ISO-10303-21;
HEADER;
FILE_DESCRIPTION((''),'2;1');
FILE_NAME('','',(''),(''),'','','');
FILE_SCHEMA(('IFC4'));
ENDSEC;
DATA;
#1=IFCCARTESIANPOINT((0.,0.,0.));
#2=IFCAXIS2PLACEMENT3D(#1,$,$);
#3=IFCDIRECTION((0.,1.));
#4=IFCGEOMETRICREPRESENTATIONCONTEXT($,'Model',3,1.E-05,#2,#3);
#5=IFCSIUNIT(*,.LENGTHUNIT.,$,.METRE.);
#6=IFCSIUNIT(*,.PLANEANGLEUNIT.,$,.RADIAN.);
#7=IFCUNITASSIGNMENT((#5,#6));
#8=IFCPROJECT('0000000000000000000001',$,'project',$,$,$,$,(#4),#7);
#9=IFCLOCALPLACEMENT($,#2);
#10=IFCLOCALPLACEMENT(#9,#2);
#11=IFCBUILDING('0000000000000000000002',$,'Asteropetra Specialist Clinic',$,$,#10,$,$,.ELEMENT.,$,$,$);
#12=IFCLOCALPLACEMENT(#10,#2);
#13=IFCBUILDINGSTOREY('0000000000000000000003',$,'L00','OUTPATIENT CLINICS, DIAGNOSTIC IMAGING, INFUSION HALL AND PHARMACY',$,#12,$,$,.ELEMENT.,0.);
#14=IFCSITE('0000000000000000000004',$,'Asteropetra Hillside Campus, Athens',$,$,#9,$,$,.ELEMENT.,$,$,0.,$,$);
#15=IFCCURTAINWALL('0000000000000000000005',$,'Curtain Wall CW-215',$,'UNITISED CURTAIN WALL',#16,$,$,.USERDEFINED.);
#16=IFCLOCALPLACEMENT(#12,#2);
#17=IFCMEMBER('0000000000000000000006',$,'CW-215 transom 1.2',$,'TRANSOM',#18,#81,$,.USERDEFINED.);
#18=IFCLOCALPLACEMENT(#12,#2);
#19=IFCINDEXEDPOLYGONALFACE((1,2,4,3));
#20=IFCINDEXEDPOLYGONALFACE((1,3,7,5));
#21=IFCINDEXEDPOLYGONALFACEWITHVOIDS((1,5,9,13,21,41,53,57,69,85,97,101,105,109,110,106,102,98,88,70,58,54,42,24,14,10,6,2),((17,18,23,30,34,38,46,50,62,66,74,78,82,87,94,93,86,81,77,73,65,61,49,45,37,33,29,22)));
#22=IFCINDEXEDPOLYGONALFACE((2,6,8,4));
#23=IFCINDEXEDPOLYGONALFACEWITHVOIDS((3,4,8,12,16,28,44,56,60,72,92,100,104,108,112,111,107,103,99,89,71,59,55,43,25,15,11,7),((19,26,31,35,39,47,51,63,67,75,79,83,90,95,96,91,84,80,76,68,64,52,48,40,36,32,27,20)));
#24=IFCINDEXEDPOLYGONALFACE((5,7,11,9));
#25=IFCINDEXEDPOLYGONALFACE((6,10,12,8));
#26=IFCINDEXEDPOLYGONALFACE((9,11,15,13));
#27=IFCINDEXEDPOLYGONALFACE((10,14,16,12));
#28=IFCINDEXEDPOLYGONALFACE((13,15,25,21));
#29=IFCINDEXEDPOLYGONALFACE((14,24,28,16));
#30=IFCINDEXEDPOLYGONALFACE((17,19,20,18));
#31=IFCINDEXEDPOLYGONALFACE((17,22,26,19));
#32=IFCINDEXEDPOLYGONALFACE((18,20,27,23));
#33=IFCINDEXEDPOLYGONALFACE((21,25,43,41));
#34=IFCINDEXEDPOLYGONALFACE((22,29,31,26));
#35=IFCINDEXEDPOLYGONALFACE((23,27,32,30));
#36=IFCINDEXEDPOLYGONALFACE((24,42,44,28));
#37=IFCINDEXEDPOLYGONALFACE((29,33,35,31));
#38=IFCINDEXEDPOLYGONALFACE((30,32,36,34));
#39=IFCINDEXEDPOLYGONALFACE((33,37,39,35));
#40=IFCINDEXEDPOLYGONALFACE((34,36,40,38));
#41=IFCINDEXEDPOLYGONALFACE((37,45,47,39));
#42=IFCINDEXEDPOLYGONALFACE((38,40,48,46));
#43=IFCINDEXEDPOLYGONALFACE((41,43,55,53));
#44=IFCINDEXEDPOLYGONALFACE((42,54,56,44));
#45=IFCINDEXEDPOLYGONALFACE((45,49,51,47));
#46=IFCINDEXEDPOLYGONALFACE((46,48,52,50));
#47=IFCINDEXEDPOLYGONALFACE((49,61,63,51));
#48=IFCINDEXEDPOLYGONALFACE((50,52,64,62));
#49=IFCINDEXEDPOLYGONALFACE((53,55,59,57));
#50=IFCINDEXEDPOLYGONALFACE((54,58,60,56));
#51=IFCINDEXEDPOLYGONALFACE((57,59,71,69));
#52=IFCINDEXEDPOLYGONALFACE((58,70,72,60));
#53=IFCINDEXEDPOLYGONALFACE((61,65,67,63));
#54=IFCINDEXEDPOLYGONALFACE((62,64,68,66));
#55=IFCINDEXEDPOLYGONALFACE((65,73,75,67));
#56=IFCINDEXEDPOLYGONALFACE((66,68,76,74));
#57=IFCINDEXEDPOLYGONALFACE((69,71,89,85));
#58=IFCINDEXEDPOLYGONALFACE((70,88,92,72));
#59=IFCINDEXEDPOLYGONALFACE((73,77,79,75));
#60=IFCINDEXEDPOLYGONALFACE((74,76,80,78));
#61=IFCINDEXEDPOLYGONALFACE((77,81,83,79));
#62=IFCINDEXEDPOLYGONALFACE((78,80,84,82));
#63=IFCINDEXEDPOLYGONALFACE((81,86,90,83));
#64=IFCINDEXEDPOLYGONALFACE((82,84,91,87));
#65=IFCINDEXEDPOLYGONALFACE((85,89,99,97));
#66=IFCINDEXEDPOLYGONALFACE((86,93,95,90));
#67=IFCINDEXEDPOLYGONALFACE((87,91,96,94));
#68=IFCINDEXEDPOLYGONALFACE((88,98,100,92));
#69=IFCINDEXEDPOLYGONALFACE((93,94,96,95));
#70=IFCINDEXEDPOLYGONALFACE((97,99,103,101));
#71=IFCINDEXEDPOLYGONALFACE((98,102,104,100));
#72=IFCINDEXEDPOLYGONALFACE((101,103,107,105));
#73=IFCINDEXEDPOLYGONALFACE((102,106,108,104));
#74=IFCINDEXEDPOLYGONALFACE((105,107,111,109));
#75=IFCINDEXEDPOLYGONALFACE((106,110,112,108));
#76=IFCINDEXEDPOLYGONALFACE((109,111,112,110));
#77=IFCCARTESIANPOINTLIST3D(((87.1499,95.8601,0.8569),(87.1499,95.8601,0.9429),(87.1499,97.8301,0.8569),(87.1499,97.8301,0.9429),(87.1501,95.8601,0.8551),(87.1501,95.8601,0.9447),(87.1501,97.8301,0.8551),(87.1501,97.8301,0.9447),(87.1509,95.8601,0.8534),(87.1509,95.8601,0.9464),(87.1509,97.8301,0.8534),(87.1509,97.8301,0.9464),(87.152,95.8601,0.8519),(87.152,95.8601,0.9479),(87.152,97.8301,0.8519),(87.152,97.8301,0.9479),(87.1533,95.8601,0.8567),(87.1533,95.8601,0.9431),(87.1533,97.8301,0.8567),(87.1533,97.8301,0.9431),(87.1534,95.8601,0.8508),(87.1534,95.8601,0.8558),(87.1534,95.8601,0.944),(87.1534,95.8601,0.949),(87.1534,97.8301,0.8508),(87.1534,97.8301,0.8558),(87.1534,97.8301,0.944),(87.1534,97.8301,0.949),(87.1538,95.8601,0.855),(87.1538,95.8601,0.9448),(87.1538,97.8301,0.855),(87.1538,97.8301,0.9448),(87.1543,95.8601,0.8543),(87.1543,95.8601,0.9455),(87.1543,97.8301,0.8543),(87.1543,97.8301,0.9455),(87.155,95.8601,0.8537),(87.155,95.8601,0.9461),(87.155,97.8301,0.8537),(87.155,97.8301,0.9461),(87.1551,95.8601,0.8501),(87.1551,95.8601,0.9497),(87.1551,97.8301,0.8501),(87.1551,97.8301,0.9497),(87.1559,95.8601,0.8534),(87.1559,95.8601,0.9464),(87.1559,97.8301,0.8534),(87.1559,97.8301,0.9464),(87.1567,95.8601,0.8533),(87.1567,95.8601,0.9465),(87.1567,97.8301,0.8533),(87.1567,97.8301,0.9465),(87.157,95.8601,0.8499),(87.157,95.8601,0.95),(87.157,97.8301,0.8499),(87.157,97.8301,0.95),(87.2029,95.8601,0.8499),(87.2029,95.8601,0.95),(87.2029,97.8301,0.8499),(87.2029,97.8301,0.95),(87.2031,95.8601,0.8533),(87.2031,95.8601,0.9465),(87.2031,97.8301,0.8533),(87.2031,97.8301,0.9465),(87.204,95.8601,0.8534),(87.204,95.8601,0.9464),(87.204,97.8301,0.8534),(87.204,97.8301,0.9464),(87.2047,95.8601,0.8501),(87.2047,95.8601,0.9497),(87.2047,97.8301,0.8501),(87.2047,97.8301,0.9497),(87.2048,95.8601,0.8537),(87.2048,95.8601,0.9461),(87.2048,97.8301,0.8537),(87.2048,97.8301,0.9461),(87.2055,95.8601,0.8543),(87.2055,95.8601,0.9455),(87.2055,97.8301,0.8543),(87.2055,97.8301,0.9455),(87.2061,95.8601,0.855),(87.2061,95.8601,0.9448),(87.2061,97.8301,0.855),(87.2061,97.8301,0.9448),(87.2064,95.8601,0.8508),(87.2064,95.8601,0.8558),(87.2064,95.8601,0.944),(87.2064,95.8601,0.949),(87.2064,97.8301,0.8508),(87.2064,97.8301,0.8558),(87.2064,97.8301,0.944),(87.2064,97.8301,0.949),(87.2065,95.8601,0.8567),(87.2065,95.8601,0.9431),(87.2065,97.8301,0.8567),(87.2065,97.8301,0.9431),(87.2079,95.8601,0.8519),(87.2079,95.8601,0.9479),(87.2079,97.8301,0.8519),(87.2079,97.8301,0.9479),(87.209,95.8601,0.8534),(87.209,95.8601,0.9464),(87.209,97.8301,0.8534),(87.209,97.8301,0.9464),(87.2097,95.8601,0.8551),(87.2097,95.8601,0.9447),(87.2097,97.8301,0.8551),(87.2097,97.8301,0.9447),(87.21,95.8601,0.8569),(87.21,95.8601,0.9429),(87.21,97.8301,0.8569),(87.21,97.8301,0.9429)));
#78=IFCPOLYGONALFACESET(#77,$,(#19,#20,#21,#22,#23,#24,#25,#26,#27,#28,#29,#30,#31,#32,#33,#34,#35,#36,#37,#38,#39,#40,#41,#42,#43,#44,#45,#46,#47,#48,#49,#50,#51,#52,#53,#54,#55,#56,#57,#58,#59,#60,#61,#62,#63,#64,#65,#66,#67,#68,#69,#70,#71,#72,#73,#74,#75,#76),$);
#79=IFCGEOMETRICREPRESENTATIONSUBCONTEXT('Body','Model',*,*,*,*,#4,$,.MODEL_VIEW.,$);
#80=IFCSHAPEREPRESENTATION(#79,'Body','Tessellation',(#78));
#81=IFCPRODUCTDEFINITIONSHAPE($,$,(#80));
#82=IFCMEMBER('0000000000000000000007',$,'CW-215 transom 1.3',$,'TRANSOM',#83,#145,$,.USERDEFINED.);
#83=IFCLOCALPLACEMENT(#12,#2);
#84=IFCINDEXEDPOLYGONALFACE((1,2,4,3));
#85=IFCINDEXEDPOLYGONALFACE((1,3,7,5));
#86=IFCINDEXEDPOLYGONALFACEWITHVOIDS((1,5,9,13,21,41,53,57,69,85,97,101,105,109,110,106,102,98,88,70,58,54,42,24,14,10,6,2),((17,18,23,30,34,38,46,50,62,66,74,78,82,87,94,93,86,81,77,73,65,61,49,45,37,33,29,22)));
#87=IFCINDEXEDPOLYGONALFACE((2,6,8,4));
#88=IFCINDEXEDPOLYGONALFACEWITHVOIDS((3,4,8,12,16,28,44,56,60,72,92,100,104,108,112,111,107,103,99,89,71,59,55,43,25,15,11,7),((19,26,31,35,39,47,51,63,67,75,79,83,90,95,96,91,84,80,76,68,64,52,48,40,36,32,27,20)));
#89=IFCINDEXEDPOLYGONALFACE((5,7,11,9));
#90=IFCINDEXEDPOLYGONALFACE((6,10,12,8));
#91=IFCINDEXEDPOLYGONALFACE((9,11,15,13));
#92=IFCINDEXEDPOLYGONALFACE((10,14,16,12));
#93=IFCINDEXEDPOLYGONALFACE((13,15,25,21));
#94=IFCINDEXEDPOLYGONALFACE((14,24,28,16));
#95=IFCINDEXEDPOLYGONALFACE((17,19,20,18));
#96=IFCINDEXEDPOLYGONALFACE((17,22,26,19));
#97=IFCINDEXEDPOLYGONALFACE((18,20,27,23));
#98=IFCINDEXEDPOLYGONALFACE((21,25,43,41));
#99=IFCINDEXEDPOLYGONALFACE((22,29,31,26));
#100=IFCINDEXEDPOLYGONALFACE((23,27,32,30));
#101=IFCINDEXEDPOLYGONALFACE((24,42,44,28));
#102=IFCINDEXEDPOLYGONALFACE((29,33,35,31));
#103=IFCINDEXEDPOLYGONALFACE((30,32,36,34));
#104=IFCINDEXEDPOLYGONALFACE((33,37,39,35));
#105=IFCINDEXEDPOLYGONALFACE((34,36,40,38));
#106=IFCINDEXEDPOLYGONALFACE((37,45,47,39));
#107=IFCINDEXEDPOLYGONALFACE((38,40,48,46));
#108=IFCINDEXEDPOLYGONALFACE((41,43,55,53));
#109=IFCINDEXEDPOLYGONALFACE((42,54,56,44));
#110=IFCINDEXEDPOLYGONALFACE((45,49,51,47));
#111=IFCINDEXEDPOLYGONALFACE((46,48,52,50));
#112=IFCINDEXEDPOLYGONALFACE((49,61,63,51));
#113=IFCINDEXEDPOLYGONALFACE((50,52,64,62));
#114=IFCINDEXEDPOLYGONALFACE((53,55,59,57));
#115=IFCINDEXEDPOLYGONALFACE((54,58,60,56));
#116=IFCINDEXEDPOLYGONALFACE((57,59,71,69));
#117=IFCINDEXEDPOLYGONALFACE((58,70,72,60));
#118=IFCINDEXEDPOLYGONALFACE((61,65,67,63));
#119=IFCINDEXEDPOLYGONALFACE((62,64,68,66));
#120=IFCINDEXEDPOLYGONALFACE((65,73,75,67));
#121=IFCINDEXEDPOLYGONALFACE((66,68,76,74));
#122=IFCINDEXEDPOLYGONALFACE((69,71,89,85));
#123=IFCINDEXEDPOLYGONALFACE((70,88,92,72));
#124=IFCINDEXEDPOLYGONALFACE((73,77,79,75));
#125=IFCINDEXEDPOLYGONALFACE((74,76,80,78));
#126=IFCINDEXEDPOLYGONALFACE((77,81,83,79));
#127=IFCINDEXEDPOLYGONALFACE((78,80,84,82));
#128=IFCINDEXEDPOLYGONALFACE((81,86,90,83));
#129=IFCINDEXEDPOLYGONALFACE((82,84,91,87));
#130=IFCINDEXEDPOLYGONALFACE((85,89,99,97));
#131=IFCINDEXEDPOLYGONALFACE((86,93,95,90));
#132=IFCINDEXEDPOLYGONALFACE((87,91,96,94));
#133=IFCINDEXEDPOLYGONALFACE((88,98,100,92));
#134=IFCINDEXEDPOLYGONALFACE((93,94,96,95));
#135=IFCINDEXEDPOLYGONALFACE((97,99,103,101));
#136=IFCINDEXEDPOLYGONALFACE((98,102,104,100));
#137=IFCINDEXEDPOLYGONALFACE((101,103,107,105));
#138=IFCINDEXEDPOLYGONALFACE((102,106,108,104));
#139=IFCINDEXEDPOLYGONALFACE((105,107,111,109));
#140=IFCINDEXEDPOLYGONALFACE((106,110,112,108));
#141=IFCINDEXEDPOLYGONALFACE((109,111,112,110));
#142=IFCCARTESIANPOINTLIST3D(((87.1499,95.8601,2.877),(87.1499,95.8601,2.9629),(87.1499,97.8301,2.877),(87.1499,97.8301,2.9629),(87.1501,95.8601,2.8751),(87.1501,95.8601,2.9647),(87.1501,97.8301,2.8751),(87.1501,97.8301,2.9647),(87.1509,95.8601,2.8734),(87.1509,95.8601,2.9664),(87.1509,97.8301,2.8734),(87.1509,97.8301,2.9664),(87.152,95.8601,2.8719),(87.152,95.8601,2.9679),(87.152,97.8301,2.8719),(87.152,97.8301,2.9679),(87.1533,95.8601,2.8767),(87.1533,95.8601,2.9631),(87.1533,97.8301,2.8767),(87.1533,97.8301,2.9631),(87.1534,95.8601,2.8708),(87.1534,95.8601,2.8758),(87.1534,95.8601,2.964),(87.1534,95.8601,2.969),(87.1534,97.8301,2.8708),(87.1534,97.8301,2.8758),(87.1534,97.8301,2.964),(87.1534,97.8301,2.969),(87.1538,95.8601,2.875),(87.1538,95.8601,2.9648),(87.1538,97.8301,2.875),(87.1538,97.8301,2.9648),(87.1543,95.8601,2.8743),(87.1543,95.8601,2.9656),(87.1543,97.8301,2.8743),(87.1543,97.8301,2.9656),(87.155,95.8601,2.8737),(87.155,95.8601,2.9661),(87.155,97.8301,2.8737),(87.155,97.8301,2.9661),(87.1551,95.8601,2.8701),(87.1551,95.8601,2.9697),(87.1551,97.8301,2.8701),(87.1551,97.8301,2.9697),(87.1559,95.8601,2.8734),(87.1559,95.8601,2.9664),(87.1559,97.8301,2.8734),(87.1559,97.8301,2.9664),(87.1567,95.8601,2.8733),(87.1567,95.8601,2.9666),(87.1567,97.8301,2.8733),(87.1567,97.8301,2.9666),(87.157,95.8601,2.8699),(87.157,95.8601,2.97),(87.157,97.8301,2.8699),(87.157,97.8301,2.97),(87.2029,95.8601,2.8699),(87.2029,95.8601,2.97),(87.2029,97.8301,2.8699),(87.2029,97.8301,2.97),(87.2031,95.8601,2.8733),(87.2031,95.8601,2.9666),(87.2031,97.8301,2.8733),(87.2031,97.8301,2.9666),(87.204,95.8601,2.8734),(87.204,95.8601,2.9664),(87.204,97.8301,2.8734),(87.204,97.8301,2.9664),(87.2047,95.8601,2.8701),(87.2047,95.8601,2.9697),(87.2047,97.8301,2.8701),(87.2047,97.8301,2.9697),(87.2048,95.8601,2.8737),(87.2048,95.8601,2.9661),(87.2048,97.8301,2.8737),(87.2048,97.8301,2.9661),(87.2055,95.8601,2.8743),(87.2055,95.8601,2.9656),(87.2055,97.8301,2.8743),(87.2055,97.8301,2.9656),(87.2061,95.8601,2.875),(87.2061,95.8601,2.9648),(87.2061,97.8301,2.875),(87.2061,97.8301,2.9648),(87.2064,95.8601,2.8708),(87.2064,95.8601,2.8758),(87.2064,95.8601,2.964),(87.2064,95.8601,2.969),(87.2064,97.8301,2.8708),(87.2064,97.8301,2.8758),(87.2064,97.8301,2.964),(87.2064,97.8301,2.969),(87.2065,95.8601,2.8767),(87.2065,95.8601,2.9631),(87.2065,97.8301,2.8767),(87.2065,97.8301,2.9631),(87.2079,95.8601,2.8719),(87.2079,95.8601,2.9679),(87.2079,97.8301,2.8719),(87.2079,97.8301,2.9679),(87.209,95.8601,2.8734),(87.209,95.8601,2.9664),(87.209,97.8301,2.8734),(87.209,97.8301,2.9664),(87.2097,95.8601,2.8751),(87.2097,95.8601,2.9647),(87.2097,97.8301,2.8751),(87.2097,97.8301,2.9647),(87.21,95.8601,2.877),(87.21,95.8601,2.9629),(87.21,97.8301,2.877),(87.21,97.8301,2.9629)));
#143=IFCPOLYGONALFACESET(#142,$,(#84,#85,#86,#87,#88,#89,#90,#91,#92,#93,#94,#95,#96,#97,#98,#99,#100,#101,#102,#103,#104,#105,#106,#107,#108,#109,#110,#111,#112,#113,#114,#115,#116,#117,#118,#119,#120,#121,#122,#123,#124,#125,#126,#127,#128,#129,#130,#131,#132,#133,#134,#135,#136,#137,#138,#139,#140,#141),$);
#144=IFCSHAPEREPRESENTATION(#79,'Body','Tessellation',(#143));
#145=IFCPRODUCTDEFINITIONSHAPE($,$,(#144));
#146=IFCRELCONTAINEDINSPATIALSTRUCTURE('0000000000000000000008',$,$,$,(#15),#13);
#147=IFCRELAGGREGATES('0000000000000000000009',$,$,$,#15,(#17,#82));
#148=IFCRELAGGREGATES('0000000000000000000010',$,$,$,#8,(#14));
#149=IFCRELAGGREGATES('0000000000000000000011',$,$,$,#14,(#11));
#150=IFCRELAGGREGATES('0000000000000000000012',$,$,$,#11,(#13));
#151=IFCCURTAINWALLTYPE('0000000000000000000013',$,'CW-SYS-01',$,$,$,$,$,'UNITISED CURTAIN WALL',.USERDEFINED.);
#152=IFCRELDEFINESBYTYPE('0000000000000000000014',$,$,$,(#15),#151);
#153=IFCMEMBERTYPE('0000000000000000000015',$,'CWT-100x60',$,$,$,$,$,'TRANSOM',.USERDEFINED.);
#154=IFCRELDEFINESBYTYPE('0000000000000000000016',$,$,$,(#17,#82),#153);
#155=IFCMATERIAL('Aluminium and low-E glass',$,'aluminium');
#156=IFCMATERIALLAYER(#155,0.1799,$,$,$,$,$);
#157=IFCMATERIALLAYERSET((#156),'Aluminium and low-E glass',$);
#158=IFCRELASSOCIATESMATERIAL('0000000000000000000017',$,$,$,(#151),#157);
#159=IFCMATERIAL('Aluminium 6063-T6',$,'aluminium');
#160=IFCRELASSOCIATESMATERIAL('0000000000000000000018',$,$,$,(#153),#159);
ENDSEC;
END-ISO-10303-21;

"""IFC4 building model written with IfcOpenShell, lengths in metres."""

from ifc_helpers import new_model, si_unit, direction, frame, origin, origin_2d, place, context, subcontext, project, spatial, hollow_rectangle, extrude, material, layer, layer_set, material_profile, profile_set, type_object, element, aggregate, save


model = new_model("IFC4")

# Units and contexts
model_context = context("Model", 3, precision=1e-05, world=origin(), true_north=direction((0.0, 1.0)))
body_context = subcontext(model_context, "Body", "Model", "MODEL_VIEW")
ifc_project = project(units=[si_unit("LENGTHUNIT", "METRE"), si_unit("PLANEANGLEUNIT", "RADIAN")], contexts=[model_context])

# Site, building, storey
site_placement = place(None, origin())
site = spatial("IfcSite", under=ifc_project, at=site_placement, Name="Asteropetra Hillside Campus, Athens", CompositionType="ELEMENT", RefElevation=0.0)
building_placement = place(site_placement, origin())
building = spatial("IfcBuilding", under=site, at=building_placement, Name="Asteropetra Specialist Clinic", CompositionType="ELEMENT")
storey_placement = place(building_placement, origin())
storey = spatial("IfcBuildingStorey", under=building, at=storey_placement, Name="L00", Description="OUTPATIENT CLINICS, DIAGNOSTIC IMAGING, INFUSION HALL AND PHARMACY", CompositionType="ELEMENT", Elevation=0.0)

# Curtain wall, members
ifc_material_1 = material(Name="Aluminium and low-E glass", Category="aluminium")
ifc_layer_1 = layer(ifc_material_1, 0.1799)
ifc_layer_set_1 = layer_set([ifc_layer_1], Name="Aluminium and low-E glass")
curtain_wall_type = type_object("IfcCurtainWallType", Name="CW-SYS-01", ElementType="UNITISED CURTAIN WALL", PredefinedType="USERDEFINED", material=ifc_layer_set_1)
curtain_wall_placement = place(storey_placement, origin())
curtain_wall = element("IfcCurtainWall", 1, at=curtain_wall_placement, inside=storey, type_object=curtain_wall_type, Name="Curtain Wall CW-215", ObjectType="UNITISED CURTAIN WALL", PredefinedType="USERDEFINED")
ifc_material_2 = material(Name="Aluminium 6063-T6", Category="aluminium")
ifc_material_profile_1 = material_profile(ifc_material_2, hollow_rectangle(XDim=0.0601, YDim=0.1001, WallThickness=0.0034, InnerFilletRadius=0.0034, OuterFilletRadius=0.0071, at=origin_2d()), Name="TRN 100x60x3.5")
ifc_profile_set_1 = profile_set([ifc_material_profile_1], Name="Aluminium 6063-T6")
member_type_1 = type_object("IfcMemberType", Name="CWT-100x60", ElementType="TRANSOM", PredefinedType="USERDEFINED", material=ifc_profile_set_1)
member_1_placement = place(storey_placement, frame((87.1799, 97.8301, 0.8999), z_axis=(0.0, -1.0, 0.0), x_axis=(1.0, 0.0, 0.0)))
member_1 = element("IfcMember", 2, at=member_1_placement, type_object=member_type_1, Name="CW-215 transom 1.2", ObjectType="TRANSOM", PredefinedType="USERDEFINED", context=body_context, shape_type="SweptSolid", body=[
    extrude(hollow_rectangle(XDim=0.0601, YDim=0.1001, WallThickness=0.0034, InnerFilletRadius=0.0034, OuterFilletRadius=0.0071, at=origin_2d()), origin(), (0.0, 0.0, 1.0), 1.97),
])
member_2_placement = place(storey_placement, frame((87.1799, 97.8301, 2.9199), z_axis=(0.0, -1.0, 0.0), x_axis=(1.0, 0.0, 0.0)))
member_2 = element("IfcMember", 3, at=member_2_placement, type_object=member_type_1, Name="CW-215 transom 1.3", ObjectType="TRANSOM", PredefinedType="USERDEFINED", context=body_context, shape_type="SweptSolid", body=[
    extrude(hollow_rectangle(XDim=0.0601, YDim=0.1001, WallThickness=0.0034, InnerFilletRadius=0.0034, OuterFilletRadius=0.0071, at=origin_2d()), origin(), (0.0, 0.0, 1.0), 1.97),
])
aggregate(curtain_wall, [member_1, member_2])

save(model, "model.ifc")
